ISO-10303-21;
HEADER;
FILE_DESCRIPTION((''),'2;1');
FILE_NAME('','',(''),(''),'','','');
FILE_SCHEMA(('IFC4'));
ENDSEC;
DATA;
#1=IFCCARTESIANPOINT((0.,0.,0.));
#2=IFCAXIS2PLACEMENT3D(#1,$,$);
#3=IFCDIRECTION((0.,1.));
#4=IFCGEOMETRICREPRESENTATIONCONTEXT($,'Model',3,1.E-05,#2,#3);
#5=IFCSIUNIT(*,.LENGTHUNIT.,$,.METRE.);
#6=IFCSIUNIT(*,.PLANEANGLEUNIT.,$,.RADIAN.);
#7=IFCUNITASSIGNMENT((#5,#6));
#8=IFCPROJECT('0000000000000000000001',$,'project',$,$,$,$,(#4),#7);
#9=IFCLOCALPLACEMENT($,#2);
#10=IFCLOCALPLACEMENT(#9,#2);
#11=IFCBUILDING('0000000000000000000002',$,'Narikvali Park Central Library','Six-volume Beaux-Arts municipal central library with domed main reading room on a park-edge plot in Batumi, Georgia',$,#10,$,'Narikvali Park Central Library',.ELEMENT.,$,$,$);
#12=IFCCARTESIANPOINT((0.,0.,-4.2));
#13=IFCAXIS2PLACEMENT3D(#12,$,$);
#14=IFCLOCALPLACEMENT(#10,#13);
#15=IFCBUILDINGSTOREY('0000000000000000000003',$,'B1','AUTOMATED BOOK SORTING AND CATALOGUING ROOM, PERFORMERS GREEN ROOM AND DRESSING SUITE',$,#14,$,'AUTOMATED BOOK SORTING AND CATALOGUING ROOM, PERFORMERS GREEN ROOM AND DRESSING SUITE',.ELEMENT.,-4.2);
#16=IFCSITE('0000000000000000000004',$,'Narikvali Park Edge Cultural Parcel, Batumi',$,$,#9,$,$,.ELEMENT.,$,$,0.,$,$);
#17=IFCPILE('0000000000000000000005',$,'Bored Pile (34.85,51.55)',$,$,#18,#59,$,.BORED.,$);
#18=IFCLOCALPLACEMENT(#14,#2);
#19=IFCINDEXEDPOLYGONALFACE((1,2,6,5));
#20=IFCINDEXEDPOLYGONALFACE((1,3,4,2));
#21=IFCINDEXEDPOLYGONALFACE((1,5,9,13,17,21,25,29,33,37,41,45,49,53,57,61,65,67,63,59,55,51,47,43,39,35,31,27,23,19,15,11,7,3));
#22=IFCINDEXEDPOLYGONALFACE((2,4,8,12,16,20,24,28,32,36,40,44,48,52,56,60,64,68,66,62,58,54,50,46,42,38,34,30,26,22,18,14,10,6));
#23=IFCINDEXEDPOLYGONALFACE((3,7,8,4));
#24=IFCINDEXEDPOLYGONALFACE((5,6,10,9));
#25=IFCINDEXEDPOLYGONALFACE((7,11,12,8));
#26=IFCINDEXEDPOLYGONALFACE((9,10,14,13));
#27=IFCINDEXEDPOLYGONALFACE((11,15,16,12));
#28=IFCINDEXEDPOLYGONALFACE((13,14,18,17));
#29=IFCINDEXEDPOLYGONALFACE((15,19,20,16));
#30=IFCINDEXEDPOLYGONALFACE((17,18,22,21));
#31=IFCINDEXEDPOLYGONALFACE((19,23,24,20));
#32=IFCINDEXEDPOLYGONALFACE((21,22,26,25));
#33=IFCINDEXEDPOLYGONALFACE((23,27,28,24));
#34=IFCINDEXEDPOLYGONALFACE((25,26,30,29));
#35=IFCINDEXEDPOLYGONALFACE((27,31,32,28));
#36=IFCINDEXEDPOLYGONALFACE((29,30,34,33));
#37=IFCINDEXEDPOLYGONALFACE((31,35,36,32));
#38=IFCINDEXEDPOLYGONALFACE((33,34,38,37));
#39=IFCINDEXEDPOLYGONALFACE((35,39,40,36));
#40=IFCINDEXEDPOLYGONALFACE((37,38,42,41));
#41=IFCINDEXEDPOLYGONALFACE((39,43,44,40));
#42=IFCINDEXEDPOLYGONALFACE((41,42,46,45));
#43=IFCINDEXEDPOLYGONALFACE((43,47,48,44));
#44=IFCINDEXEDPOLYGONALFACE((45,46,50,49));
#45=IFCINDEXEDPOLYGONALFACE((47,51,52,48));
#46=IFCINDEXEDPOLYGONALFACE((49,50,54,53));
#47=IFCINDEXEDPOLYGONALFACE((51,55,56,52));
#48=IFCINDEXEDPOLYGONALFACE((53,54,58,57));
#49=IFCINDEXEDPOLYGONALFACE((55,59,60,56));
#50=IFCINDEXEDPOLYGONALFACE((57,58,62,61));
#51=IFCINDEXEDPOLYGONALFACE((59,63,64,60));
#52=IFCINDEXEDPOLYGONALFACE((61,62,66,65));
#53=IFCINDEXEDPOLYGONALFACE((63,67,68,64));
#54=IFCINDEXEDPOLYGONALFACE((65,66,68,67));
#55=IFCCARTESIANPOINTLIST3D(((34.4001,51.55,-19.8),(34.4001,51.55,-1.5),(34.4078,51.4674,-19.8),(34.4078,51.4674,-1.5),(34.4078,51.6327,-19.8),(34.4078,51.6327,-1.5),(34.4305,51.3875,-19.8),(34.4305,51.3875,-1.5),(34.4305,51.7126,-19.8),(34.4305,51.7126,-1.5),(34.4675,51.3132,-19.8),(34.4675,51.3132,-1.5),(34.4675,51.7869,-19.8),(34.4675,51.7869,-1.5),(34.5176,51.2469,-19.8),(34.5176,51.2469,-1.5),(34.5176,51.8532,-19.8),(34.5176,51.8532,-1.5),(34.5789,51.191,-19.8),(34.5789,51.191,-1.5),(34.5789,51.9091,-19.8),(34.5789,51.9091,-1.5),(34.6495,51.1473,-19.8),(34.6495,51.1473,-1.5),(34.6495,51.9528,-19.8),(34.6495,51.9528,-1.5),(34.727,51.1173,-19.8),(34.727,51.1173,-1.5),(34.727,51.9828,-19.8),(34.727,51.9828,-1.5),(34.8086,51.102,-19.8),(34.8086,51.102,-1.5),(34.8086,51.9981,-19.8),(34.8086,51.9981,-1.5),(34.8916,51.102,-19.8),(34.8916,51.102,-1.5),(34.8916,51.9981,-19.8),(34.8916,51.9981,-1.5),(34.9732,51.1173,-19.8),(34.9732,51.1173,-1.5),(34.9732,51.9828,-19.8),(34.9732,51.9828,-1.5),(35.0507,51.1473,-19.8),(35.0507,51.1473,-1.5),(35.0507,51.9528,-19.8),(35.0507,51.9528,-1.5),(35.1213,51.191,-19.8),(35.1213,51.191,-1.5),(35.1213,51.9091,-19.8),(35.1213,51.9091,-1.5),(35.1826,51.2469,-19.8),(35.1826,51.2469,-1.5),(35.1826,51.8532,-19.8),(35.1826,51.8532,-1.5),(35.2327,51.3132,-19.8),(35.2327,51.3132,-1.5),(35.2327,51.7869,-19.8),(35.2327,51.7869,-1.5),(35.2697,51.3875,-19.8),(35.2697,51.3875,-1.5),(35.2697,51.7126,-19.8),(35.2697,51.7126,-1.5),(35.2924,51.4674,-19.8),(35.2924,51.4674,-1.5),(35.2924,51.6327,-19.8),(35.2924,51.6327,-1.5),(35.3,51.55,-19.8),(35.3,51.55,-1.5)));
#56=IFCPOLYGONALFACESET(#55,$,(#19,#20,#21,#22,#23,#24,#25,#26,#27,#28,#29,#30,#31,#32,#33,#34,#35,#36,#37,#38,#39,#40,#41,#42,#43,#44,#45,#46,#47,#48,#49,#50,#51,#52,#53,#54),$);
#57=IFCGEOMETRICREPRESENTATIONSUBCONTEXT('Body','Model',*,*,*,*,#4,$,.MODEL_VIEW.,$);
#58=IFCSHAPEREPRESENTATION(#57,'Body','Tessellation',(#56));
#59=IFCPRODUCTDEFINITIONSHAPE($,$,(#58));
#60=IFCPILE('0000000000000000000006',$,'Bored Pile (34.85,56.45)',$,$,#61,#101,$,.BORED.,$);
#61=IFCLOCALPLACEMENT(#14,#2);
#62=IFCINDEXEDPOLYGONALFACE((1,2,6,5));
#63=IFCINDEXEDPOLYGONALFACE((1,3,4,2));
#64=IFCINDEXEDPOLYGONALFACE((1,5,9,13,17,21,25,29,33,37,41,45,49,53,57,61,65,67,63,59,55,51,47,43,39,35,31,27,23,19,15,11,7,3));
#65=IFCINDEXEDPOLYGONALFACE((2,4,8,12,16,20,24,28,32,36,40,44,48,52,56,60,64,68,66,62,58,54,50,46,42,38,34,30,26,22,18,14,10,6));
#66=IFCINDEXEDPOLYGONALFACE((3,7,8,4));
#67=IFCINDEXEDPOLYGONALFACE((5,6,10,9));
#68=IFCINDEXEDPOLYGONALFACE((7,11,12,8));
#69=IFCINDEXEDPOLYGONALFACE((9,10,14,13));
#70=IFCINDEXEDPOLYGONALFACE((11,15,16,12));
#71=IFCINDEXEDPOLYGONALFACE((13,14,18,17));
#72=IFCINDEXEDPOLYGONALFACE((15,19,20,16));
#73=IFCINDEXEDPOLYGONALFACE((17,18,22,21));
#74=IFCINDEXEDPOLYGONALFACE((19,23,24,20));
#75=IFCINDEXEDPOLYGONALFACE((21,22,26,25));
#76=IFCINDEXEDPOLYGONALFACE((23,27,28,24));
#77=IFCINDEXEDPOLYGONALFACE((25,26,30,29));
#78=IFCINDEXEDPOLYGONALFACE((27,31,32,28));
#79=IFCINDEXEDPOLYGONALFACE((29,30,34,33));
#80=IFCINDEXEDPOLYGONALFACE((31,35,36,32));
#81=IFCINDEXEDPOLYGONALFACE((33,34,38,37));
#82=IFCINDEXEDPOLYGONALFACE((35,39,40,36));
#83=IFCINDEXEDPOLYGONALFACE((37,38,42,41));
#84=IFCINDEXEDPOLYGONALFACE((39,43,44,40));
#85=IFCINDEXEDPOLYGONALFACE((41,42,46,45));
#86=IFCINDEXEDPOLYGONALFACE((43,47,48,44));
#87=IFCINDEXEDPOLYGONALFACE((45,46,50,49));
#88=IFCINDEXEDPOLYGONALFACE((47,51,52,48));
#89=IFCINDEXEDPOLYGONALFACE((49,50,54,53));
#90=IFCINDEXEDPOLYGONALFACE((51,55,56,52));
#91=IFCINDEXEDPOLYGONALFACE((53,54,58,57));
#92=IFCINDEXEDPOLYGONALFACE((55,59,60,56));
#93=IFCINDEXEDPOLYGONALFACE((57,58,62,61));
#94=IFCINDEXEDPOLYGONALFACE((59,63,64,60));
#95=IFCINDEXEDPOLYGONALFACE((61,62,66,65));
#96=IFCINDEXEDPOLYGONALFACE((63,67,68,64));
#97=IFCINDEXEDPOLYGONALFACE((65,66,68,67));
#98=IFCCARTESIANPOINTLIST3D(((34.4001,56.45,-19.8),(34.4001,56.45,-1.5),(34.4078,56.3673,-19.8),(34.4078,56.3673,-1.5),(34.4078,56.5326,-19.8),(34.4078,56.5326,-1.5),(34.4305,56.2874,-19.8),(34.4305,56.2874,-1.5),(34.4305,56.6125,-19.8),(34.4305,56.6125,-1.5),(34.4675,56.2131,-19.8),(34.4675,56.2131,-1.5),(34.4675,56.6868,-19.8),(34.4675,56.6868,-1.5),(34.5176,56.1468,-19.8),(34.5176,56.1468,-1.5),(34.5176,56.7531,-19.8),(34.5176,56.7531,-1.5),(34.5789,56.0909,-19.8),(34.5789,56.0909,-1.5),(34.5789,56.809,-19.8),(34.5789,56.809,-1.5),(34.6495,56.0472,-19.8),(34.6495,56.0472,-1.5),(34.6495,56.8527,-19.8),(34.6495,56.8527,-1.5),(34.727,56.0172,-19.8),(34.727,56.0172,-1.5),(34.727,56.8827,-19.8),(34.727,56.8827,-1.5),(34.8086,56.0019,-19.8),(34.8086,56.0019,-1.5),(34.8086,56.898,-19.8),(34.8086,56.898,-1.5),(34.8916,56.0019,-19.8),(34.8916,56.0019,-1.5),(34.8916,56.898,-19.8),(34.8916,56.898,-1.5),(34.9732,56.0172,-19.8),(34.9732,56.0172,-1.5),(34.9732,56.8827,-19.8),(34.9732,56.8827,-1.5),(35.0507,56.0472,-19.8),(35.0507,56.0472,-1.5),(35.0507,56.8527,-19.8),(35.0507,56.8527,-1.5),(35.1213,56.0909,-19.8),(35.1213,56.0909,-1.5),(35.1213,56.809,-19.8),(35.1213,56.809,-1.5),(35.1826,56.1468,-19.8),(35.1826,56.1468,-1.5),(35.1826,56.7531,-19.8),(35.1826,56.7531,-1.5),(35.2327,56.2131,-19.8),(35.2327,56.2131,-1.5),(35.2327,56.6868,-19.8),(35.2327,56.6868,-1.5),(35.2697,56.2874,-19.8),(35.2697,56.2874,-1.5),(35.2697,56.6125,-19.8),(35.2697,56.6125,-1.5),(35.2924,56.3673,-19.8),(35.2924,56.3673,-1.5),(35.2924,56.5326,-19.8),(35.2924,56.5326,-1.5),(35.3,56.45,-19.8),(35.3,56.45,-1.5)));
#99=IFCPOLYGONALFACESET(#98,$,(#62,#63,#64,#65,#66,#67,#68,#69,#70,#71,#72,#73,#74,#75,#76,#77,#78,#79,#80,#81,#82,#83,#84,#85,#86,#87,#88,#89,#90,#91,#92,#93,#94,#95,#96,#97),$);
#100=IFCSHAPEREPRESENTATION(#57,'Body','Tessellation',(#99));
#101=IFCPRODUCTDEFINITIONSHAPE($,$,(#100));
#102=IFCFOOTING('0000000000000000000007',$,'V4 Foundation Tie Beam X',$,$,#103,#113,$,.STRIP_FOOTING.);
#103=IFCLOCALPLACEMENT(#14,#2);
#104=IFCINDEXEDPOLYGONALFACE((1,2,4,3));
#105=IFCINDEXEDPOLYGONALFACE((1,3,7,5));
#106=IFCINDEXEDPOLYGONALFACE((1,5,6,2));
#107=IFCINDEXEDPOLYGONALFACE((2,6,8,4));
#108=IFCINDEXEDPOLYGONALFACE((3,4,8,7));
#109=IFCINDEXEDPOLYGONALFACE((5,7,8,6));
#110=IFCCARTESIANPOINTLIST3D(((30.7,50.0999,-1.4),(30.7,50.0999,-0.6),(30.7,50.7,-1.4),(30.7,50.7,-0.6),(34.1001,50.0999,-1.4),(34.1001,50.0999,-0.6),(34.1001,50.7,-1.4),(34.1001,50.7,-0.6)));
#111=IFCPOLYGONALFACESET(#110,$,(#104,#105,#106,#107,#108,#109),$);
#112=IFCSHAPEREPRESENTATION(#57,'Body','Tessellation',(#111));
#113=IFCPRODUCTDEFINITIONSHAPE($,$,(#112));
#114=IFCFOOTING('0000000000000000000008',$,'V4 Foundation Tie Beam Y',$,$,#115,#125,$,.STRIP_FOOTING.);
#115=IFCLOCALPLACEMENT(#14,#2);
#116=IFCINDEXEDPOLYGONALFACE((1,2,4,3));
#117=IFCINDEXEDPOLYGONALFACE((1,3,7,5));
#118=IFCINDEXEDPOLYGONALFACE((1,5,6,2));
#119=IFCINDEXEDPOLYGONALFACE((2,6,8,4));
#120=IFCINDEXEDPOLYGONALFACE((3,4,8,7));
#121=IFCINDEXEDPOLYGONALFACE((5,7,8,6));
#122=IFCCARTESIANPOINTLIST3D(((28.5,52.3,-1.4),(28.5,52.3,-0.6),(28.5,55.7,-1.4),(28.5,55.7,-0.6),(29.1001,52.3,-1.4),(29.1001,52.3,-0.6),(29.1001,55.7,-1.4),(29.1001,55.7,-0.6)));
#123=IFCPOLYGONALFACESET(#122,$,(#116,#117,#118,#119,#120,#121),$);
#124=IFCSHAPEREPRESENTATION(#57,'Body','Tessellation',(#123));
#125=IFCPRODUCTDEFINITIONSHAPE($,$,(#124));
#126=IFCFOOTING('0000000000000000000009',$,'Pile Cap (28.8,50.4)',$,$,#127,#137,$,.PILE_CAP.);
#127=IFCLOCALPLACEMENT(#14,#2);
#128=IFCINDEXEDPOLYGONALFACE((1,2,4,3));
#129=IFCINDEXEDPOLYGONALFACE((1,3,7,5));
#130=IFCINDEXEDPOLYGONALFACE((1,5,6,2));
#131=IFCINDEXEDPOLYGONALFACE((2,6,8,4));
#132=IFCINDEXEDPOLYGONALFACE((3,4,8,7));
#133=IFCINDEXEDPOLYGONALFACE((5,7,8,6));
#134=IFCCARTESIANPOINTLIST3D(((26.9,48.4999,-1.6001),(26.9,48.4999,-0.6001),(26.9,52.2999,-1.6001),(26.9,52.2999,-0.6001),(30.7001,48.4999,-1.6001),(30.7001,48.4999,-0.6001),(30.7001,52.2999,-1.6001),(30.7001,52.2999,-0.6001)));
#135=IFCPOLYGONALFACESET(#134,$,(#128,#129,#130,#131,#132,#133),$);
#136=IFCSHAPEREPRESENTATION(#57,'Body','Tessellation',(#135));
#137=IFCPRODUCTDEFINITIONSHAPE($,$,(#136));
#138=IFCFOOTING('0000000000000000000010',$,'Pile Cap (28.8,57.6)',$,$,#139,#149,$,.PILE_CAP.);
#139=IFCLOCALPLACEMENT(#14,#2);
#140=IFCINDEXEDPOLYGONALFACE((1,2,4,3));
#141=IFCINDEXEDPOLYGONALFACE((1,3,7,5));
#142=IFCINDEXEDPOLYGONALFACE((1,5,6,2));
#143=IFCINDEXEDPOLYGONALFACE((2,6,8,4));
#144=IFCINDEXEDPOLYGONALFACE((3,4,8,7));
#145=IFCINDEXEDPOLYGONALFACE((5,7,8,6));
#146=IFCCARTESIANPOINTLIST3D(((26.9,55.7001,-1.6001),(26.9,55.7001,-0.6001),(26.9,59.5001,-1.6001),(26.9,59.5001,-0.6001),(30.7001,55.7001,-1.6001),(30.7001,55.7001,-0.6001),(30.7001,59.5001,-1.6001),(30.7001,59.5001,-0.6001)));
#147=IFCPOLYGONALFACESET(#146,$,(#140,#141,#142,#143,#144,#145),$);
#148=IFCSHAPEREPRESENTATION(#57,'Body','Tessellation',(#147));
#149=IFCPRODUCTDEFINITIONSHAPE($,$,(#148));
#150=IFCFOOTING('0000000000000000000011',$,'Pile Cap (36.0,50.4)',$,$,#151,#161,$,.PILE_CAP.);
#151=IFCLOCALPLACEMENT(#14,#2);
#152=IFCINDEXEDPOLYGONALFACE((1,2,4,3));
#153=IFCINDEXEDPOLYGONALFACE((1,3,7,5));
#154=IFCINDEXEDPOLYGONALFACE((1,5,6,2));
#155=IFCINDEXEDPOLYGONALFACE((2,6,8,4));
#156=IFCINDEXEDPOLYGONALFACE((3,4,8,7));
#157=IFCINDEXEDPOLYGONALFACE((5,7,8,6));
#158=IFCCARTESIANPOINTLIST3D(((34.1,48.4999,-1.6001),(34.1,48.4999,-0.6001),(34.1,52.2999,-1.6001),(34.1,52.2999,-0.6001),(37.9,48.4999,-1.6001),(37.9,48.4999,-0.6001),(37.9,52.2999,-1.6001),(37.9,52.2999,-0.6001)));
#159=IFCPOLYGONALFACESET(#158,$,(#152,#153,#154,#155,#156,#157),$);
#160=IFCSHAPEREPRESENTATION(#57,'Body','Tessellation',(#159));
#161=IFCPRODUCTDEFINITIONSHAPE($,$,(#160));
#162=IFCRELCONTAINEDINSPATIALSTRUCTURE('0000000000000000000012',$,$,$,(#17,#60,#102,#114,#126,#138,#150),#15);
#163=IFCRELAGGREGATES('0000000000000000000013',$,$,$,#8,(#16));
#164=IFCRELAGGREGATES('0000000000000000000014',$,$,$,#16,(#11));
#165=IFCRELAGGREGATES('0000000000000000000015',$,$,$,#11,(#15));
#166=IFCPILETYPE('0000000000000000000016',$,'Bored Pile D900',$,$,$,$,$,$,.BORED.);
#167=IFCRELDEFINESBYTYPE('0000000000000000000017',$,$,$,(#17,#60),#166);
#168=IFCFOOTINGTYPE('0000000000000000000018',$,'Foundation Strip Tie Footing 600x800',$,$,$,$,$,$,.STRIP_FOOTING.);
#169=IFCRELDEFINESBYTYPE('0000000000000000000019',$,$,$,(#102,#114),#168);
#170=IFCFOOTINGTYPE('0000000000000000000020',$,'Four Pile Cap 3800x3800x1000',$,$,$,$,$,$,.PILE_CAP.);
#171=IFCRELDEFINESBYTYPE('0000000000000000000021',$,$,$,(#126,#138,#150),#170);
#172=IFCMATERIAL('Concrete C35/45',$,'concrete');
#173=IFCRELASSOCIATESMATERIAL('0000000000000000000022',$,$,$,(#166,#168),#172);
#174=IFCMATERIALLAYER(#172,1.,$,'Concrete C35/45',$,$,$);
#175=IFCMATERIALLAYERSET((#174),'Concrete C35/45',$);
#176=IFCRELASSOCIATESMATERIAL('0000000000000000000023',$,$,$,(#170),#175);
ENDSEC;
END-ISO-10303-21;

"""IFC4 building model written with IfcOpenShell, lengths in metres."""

from ifc_helpers import new_model, si_unit, direction, frame, origin, origin_2d, place, context, subcontext, project, spatial, rectangle, circle, extrude, material, layer, layer_set, material_profile, profile_set, type_object, element, save


model = new_model("IFC4")

# Units and contexts
model_context = context("Model", 3, precision=1e-05, world=origin(), true_north=direction((0.0, 1.0)))
body_context = subcontext(model_context, "Body", "Model", "MODEL_VIEW")
ifc_project = project(units=[si_unit("LENGTHUNIT", "METRE"), si_unit("PLANEANGLEUNIT", "RADIAN")], contexts=[model_context])

# Site, building, storey
site_placement = place(None, origin())
site = spatial("IfcSite", under=ifc_project, at=site_placement, Name="Narikvali Park Edge Cultural Parcel, Batumi", CompositionType="ELEMENT", RefElevation=0.0)
building_placement = place(site_placement, origin())
building = spatial("IfcBuilding", under=site, at=building_placement, Name="Narikvali Park Central Library", Description="Six-volume Beaux-Arts municipal central library with domed main reading room on a park-edge plot in Batumi, Georgia", LongName="Narikvali Park Central Library", CompositionType="ELEMENT")
storey_placement = place(building_placement, frame((0.0, 0.0, -4.2)))
storey = spatial("IfcBuildingStorey", under=building, at=storey_placement, Name="B1", Description="AUTOMATED BOOK SORTING AND CATALOGUING ROOM, PERFORMERS GREEN ROOM AND DRESSING SUITE", LongName="AUTOMATED BOOK SORTING AND CATALOGUING ROOM, PERFORMERS GREEN ROOM AND DRESSING SUITE", CompositionType="ELEMENT", Elevation=-4.2)

# Piles
ifc_material_1 = material(Name="Concrete C35/45", Category="concrete")
ifc_material_profile_1 = material_profile(ifc_material_1, circle(Radius=0.45, at=origin_2d()), Name="PILE D900")
ifc_profile_set_1 = profile_set([ifc_material_profile_1], Name="Concrete C35/45")
pile_type_1 = type_object("IfcPileType", Name="Bored Pile D900", PredefinedType="BORED", material=ifc_profile_set_1)
for number, where, z_axis, x_axis, name in (
    (1, (34.8501, 51.55, -1.5), (0.0, 0.0, -1.0), (1.0, 0.0, 0.0), "Bored Pile (34.85,51.55)"),
    (2, (34.8501, 56.45, -1.5), (0.0, 0.0, -1.0), (1.0, 0.0, 0.0), "Bored Pile (34.85,56.45)"),
):
    element("IfcPile", number, at=place(storey_placement, frame(where, z_axis=z_axis, x_axis=x_axis)), inside=storey, type_object=pile_type_1, Name=name, PredefinedType="BORED", context=body_context, shape_type="SweptSolid", body=[
        extrude(circle(Radius=0.45, at=origin_2d()), origin(), (0.0, 0.0, 1.0), 18.3),
    ])

# Footings
ifc_material_profile_2 = material_profile(ifc_material_1, rectangle(XDim=0.6001, YDim=0.8, at=origin_2d()), Name="RC GB 600x800")
ifc_profile_set_2 = profile_set([ifc_material_profile_2], Name="Concrete C35/45")
footing_type_1 = type_object("IfcFootingType", Name="Foundation Strip Tie Footing 600x800", PredefinedType="STRIP_FOOTING", material=ifc_profile_set_2)
footing_1_placement = place(storey_placement, frame((30.7, 50.3999, -1.0), z_axis=(1.0, 0.0, 0.0), x_axis=(0.0, 1.0, 0.0)))
element("IfcFooting", 3, at=footing_1_placement, inside=storey, type_object=footing_type_1, Name="V4 Foundation Tie Beam X", PredefinedType="STRIP_FOOTING", context=body_context, shape_type="SweptSolid", body=[
    extrude(rectangle(XDim=0.6001, YDim=0.8, at=origin_2d()), origin(), (0.0, 0.0, 1.0), 3.4001),
])
footing_2_placement = place(storey_placement, frame((28.8, 52.3, -1.0), z_axis=(0.0, 1.0, 0.0), x_axis=(-1.0, 0.0, 0.0)))
element("IfcFooting", 4, at=footing_2_placement, inside=storey, type_object=footing_type_1, Name="V4 Foundation Tie Beam Y", PredefinedType="STRIP_FOOTING", context=body_context, shape_type="SweptSolid", body=[
    extrude(rectangle(XDim=0.6001, YDim=0.8, at=origin_2d()), origin(), (0.0, 0.0, 1.0), 3.3999),
])
ifc_layer_1 = layer(ifc_material_1, 1.0, Name="Concrete C35/45")
ifc_layer_set_1 = layer_set([ifc_layer_1], Name="Concrete C35/45")
footing_type_2 = type_object("IfcFootingType", Name="Four Pile Cap 3800x3800x1000", PredefinedType="PILE_CAP", material=ifc_layer_set_1)
for number, where, z_axis, x_axis, name in (
    (5, (28.8, 50.3999, -1.6001), (0.0, 0.0, 1.0), (1.0, 0.0, 0.0), "Pile Cap (28.8,50.4)"),
    (6, (28.8, 57.6001, -1.6001), (0.0, 0.0, 1.0), (1.0, 0.0, 0.0), "Pile Cap (28.8,57.6)"),
    (7, (36.0, 50.3999, -1.6001), (0.0, 0.0, 1.0), (1.0, 0.0, 0.0), "Pile Cap (36.0,50.4)"),
):
    element("IfcFooting", number, at=place(storey_placement, frame(where, z_axis=z_axis, x_axis=x_axis)), inside=storey, type_object=footing_type_2, Name=name, PredefinedType="PILE_CAP", context=body_context, shape_type="SweptSolid", body=[
        extrude(rectangle(XDim=3.8, YDim=3.8, at=origin_2d()), origin(), (0.0, 0.0, 1.0), 1.0),
    ])

save(model, "model.ifc")
